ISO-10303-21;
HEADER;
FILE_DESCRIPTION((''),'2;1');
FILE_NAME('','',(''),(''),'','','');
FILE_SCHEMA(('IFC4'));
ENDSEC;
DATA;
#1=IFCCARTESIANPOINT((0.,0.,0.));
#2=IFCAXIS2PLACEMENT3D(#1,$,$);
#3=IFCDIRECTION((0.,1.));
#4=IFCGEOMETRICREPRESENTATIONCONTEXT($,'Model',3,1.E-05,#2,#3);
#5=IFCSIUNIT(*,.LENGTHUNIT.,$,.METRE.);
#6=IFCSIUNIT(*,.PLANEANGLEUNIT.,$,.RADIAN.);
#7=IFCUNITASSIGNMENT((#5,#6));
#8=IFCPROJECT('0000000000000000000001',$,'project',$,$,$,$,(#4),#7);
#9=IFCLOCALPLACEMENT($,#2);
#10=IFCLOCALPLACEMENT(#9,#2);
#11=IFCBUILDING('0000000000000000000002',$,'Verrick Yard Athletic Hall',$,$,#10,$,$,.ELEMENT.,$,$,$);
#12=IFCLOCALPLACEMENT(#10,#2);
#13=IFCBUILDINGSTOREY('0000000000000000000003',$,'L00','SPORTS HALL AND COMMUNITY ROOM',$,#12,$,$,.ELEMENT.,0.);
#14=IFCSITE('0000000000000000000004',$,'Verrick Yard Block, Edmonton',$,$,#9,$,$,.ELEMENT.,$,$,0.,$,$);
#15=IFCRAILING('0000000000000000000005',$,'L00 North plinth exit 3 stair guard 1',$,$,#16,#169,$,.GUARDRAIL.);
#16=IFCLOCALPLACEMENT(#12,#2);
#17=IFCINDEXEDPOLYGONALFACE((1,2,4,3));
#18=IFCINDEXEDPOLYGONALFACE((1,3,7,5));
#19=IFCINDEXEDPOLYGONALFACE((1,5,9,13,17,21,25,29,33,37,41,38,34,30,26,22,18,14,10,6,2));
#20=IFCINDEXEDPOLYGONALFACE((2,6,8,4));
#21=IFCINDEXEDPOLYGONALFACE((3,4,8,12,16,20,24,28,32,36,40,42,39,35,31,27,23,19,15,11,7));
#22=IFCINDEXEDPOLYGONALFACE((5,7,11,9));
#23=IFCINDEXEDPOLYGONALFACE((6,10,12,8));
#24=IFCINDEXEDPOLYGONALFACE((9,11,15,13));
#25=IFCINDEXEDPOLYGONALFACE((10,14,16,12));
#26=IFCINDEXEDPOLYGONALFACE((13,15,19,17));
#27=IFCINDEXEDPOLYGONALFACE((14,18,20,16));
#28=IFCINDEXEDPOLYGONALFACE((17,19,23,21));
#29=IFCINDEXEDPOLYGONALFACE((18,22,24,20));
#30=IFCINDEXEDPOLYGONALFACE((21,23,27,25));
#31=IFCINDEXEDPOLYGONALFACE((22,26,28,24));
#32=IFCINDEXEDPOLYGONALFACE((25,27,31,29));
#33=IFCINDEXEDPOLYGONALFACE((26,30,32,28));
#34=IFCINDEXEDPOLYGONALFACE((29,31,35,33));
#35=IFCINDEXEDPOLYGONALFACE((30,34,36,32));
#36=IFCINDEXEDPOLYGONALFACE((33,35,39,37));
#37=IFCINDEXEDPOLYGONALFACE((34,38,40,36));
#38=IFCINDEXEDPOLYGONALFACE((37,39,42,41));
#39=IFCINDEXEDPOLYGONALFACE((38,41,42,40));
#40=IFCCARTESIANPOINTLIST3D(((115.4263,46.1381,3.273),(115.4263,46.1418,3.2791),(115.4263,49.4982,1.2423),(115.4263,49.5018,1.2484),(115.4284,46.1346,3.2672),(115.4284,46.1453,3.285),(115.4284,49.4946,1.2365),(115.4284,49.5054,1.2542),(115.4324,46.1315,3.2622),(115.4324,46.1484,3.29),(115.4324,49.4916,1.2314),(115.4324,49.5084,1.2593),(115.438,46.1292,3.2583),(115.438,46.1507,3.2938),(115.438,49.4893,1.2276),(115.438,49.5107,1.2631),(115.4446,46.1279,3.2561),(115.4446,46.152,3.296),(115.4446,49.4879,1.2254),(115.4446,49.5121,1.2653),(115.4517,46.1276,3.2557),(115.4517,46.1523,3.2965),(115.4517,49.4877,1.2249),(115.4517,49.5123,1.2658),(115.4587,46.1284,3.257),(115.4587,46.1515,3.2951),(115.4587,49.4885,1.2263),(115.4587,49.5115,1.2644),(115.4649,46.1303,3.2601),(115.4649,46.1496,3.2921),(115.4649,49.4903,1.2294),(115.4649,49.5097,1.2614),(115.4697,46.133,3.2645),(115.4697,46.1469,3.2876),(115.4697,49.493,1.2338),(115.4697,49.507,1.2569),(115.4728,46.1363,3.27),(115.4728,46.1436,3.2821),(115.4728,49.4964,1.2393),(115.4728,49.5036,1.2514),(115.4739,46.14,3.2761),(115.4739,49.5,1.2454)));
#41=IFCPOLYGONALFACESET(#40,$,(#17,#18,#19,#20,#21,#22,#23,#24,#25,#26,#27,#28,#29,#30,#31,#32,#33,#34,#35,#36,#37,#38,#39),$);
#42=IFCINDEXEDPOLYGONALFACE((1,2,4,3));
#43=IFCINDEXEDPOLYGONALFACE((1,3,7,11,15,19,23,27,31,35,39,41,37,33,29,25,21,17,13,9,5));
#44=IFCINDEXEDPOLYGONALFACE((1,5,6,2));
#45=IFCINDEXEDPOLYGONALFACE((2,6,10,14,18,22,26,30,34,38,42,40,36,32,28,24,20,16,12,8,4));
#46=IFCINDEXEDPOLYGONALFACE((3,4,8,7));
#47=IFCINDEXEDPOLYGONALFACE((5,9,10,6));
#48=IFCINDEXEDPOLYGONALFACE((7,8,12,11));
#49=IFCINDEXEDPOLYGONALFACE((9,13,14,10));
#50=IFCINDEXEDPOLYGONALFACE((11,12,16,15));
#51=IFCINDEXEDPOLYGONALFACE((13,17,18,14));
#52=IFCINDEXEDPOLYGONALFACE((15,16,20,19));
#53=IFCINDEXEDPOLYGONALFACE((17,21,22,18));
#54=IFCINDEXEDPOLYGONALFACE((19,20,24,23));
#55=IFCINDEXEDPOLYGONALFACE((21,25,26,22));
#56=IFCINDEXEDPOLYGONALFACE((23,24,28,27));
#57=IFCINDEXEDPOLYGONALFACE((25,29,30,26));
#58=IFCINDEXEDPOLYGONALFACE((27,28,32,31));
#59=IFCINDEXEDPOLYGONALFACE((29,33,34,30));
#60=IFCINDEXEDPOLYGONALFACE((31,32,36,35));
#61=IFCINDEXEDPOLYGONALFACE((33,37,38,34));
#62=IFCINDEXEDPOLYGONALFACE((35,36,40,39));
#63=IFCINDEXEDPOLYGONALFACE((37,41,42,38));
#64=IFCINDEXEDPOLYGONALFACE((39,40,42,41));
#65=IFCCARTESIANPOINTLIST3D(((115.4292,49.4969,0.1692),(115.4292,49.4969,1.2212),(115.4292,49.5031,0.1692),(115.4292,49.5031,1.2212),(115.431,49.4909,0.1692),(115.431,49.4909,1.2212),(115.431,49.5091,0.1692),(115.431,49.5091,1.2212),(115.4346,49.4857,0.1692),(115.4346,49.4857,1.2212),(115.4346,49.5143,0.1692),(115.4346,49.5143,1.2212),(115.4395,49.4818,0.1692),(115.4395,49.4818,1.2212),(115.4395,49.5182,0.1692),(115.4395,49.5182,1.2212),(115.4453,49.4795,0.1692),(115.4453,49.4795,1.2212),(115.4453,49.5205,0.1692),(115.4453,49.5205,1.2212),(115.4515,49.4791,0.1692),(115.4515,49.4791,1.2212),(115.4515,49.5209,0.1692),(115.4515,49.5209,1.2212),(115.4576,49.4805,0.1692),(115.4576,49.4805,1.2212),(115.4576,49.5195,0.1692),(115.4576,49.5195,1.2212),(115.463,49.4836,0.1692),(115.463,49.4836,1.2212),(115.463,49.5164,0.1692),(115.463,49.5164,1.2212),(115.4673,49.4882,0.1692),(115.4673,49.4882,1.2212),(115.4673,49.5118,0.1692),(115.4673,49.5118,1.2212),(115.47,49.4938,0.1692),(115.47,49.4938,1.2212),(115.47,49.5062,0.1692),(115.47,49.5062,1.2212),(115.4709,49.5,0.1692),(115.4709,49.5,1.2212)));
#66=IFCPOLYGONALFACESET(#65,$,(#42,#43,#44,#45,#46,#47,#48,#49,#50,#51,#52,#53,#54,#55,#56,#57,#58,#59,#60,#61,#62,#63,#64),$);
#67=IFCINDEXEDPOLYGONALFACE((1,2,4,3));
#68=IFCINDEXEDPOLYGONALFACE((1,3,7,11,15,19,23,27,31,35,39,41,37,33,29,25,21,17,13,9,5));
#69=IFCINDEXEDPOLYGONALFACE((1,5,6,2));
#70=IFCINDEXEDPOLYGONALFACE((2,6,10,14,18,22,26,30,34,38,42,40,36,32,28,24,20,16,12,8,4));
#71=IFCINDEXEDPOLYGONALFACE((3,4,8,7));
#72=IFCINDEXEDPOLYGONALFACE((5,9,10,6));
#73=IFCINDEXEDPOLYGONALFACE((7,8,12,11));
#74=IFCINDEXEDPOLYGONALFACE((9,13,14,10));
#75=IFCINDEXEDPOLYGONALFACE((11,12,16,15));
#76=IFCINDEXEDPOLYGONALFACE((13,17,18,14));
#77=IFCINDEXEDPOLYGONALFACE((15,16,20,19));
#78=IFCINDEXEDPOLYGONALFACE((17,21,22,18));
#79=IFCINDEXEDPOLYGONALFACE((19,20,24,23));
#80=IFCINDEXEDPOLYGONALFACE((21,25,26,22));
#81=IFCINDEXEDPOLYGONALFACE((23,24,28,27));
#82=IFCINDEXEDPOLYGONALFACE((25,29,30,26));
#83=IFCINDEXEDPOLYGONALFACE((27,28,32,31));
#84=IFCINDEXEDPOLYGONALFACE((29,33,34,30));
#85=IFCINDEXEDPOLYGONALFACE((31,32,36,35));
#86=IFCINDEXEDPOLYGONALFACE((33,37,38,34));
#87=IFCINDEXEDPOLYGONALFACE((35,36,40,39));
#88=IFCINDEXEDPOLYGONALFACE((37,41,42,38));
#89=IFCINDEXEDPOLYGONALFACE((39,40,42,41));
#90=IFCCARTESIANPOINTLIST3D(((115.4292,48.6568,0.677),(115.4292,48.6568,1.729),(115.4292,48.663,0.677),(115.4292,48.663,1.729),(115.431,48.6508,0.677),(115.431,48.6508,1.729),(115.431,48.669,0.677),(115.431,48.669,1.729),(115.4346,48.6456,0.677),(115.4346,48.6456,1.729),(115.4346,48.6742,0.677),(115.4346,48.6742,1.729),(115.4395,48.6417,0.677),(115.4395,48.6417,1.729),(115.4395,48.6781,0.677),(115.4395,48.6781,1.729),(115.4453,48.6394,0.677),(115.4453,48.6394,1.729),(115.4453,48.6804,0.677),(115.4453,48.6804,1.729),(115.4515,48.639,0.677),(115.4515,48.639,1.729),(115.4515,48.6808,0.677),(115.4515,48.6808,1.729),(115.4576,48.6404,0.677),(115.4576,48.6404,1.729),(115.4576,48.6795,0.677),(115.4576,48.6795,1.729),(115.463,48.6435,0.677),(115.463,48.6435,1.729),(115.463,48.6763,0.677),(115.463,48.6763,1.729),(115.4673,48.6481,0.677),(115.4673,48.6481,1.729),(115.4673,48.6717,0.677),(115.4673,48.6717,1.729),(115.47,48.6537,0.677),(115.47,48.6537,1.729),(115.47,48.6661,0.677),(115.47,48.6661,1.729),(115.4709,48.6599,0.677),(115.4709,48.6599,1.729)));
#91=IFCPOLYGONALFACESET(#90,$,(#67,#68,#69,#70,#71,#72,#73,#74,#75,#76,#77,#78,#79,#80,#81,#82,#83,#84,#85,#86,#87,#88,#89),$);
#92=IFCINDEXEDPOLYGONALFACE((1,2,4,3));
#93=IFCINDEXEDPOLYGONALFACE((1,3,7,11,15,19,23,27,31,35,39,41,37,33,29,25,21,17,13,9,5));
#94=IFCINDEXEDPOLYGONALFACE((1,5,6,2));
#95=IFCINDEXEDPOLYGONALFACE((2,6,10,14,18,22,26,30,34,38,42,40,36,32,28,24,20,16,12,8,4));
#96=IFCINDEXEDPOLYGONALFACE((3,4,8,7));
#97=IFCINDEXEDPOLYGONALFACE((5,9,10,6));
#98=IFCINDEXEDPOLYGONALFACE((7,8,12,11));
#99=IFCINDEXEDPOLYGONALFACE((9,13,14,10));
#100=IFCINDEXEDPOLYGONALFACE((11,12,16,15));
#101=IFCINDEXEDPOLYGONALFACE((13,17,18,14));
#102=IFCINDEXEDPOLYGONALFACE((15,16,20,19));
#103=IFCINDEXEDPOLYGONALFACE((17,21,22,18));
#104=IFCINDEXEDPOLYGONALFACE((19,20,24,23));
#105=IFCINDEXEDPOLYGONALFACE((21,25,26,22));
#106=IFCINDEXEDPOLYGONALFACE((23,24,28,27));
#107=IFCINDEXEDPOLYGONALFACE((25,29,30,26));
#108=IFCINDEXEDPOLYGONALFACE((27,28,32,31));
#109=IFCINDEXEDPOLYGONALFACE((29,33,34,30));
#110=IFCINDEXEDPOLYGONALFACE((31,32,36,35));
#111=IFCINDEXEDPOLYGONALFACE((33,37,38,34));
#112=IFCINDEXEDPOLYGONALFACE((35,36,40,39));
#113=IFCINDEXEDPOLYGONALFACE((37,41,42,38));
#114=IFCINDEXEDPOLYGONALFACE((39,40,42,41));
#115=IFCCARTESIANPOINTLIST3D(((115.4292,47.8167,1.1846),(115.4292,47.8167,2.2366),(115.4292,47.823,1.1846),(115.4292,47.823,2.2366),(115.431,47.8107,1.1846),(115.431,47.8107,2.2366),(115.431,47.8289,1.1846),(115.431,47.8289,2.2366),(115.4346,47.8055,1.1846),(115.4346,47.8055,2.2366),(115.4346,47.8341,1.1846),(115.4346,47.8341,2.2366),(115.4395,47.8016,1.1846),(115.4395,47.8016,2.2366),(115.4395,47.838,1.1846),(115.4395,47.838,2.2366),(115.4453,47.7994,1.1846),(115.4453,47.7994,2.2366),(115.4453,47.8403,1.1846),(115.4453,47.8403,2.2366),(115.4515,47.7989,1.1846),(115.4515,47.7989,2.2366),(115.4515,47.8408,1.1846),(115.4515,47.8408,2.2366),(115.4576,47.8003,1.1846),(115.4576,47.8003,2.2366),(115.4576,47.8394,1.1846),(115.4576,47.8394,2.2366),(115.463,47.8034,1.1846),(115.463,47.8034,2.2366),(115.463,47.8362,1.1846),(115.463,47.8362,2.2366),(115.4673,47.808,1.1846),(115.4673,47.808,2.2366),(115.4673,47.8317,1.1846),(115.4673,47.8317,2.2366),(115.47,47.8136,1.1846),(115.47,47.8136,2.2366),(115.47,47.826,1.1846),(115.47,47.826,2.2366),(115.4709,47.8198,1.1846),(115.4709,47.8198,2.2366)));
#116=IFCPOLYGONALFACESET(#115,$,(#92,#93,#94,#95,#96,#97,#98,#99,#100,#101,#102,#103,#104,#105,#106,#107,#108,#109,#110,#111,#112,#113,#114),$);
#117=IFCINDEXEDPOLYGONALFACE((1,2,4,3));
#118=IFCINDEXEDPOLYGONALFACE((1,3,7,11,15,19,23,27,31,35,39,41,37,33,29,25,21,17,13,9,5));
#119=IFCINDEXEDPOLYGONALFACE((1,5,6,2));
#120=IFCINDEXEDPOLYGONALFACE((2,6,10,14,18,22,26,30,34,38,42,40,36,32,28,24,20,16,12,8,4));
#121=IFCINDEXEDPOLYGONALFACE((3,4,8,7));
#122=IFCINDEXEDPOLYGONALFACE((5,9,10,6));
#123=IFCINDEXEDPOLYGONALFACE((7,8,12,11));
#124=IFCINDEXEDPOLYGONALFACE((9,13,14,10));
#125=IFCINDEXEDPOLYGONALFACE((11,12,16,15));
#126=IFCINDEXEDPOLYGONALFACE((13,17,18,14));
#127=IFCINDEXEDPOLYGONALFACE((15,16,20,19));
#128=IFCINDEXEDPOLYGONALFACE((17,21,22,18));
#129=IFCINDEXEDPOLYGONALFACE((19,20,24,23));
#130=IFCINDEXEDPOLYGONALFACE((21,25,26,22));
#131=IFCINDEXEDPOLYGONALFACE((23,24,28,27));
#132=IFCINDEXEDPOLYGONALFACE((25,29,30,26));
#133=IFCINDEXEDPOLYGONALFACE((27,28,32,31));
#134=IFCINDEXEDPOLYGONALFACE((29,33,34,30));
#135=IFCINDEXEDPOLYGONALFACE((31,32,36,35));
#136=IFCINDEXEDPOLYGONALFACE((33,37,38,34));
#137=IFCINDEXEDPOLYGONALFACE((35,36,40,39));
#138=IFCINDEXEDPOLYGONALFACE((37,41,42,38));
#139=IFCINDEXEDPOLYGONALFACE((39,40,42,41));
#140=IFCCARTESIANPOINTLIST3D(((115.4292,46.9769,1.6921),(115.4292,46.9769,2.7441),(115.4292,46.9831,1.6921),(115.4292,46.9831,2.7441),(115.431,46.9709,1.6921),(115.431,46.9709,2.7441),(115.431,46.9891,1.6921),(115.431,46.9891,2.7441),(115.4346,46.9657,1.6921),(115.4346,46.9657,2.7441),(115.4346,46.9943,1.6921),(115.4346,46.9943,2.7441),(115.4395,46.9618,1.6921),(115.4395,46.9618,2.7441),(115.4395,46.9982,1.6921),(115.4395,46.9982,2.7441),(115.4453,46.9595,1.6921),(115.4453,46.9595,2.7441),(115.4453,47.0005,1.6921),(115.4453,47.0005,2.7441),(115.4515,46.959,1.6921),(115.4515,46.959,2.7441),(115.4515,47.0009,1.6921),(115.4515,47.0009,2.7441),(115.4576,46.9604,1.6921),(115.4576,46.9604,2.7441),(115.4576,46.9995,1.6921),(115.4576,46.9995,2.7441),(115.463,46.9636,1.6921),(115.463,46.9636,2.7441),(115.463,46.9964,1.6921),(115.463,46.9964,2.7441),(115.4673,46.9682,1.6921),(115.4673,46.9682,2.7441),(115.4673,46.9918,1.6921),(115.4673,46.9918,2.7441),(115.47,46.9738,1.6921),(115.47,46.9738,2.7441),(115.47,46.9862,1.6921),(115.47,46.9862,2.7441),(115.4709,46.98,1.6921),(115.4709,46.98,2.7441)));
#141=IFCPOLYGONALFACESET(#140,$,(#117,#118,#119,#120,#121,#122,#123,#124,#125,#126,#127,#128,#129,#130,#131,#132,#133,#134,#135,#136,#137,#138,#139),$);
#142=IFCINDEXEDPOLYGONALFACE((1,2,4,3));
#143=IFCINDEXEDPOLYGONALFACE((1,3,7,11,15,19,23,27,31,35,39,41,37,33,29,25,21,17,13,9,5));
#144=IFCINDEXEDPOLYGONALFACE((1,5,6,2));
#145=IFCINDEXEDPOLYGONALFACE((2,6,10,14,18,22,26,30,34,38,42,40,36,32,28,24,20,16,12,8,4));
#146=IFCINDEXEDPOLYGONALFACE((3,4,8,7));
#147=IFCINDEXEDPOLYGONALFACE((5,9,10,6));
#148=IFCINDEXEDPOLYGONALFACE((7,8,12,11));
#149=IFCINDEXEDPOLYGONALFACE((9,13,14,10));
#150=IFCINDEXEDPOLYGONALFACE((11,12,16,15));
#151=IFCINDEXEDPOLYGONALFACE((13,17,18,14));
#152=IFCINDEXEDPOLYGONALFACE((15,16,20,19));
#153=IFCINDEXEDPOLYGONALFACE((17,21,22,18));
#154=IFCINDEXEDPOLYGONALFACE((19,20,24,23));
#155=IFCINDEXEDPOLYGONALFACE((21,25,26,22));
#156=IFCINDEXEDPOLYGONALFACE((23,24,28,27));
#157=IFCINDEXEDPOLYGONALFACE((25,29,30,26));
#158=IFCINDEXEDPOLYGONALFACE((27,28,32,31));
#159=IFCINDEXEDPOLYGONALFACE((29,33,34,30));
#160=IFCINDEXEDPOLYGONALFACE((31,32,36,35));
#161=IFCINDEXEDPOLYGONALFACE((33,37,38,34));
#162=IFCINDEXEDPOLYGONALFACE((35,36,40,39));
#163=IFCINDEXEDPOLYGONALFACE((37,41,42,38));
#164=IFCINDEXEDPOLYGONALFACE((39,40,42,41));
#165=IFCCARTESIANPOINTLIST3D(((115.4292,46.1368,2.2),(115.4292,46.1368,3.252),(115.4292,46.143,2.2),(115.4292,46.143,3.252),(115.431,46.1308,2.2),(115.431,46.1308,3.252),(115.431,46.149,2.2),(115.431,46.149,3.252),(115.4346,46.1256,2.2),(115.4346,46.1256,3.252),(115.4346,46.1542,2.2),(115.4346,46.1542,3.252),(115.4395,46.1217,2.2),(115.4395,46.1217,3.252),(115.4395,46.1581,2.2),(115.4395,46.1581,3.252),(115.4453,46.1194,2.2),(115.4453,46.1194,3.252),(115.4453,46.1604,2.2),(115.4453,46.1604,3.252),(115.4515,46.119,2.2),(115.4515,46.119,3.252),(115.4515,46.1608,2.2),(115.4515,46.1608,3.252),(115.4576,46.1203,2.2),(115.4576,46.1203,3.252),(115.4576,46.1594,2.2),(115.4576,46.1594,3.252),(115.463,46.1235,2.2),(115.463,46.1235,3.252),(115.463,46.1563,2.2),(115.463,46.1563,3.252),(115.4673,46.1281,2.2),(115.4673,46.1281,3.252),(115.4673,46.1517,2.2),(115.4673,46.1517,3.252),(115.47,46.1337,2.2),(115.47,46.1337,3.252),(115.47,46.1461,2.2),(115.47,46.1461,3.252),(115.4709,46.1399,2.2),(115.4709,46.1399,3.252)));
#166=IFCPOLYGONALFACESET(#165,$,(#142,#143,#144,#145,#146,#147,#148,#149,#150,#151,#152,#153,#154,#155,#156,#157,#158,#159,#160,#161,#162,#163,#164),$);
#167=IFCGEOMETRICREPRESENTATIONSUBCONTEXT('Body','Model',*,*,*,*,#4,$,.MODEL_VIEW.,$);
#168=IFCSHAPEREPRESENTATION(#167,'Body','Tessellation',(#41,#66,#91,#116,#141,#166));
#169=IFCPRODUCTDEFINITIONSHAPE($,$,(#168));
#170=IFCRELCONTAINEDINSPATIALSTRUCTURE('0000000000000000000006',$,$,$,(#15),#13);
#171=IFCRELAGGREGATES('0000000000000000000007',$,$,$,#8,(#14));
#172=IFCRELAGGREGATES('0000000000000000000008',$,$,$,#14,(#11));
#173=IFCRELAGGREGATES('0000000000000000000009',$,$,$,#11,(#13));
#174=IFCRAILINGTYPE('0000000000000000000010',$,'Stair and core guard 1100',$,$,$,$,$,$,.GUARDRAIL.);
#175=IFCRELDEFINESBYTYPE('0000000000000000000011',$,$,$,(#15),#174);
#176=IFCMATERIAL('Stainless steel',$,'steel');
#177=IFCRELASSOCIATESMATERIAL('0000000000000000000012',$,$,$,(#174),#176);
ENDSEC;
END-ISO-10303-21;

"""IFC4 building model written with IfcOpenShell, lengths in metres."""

from ifc_helpers import new_model, si_unit, direction, frame, origin, origin_2d, place, context, subcontext, project, spatial, circle, extrude, material, type_object, element, save


model = new_model("IFC4")

# Units and contexts
model_context = context("Model", 3, precision=1e-05, world=origin(), true_north=direction((0.0, 1.0)))
body_context = subcontext(model_context, "Body", "Model", "MODEL_VIEW")
ifc_project = project(units=[si_unit("LENGTHUNIT", "METRE"), si_unit("PLANEANGLEUNIT", "RADIAN")], contexts=[model_context])

# Site, building, storey
site_placement = place(None, origin())
site = spatial("IfcSite", under=ifc_project, at=site_placement, Name="Verrick Yard Block, Edmonton", CompositionType="ELEMENT", RefElevation=0.0)
building_placement = place(site_placement, origin())
building = spatial("IfcBuilding", under=site, at=building_placement, Name="Verrick Yard Athletic Hall", CompositionType="ELEMENT")
storey_placement = place(building_placement, origin())
storey = spatial("IfcBuildingStorey", under=building, at=storey_placement, Name="L00", Description="SPORTS HALL AND COMMUNITY ROOM", CompositionType="ELEMENT", Elevation=0.0)

# Railing
ifc_material_1 = material(Name="Stainless steel", Category="steel")
railing_type_1 = type_object("IfcRailingType", Name="Stair and core guard 1100", PredefinedType="GUARDRAIL", material=ifc_material_1)
railing_1_placement = place(storey_placement, frame((115.45, 49.5, 0.1692)))
element("IfcRailing", 1, at=railing_1_placement, inside=storey, type_object=railing_type_1, Name="L00 North plinth exit 3 stair guard 1", PredefinedType="GUARDRAIL", context=body_context, shape_type="SweptSolid", body=[
    extrude(circle(Radius=0.0239, at=origin_2d()), frame((0.0, 0.0, 1.0762), z_axis=(0.0, -0.855837, 0.517246), x_axis=(1.0, 0.0, 0.0)), (0.0, 0.0, 1.0), 3.926),
    extrude(circle(Radius=0.021, at=origin_2d()), origin(), (0.0, 0.0, 1.0), 1.052),
    extrude(circle(Radius=0.021, at=origin_2d()), frame((0.0, -0.8401, 0.5078)), (0.0, 0.0, 1.0), 1.052),
    extrude(circle(Radius=0.021, at=origin_2d()), frame((0.0, -1.6802, 1.0154)), (0.0, 0.0, 1.0), 1.052),
    extrude(circle(Radius=0.021, at=origin_2d()), frame((0.0, -2.52, 1.5229)), (0.0, 0.0, 1.0), 1.052),
    extrude(circle(Radius=0.021, at=origin_2d()), frame((0.0, -3.3601, 2.0308)), (0.0, 0.0, 1.0), 1.052),
])

save(model, "model.ifc")
